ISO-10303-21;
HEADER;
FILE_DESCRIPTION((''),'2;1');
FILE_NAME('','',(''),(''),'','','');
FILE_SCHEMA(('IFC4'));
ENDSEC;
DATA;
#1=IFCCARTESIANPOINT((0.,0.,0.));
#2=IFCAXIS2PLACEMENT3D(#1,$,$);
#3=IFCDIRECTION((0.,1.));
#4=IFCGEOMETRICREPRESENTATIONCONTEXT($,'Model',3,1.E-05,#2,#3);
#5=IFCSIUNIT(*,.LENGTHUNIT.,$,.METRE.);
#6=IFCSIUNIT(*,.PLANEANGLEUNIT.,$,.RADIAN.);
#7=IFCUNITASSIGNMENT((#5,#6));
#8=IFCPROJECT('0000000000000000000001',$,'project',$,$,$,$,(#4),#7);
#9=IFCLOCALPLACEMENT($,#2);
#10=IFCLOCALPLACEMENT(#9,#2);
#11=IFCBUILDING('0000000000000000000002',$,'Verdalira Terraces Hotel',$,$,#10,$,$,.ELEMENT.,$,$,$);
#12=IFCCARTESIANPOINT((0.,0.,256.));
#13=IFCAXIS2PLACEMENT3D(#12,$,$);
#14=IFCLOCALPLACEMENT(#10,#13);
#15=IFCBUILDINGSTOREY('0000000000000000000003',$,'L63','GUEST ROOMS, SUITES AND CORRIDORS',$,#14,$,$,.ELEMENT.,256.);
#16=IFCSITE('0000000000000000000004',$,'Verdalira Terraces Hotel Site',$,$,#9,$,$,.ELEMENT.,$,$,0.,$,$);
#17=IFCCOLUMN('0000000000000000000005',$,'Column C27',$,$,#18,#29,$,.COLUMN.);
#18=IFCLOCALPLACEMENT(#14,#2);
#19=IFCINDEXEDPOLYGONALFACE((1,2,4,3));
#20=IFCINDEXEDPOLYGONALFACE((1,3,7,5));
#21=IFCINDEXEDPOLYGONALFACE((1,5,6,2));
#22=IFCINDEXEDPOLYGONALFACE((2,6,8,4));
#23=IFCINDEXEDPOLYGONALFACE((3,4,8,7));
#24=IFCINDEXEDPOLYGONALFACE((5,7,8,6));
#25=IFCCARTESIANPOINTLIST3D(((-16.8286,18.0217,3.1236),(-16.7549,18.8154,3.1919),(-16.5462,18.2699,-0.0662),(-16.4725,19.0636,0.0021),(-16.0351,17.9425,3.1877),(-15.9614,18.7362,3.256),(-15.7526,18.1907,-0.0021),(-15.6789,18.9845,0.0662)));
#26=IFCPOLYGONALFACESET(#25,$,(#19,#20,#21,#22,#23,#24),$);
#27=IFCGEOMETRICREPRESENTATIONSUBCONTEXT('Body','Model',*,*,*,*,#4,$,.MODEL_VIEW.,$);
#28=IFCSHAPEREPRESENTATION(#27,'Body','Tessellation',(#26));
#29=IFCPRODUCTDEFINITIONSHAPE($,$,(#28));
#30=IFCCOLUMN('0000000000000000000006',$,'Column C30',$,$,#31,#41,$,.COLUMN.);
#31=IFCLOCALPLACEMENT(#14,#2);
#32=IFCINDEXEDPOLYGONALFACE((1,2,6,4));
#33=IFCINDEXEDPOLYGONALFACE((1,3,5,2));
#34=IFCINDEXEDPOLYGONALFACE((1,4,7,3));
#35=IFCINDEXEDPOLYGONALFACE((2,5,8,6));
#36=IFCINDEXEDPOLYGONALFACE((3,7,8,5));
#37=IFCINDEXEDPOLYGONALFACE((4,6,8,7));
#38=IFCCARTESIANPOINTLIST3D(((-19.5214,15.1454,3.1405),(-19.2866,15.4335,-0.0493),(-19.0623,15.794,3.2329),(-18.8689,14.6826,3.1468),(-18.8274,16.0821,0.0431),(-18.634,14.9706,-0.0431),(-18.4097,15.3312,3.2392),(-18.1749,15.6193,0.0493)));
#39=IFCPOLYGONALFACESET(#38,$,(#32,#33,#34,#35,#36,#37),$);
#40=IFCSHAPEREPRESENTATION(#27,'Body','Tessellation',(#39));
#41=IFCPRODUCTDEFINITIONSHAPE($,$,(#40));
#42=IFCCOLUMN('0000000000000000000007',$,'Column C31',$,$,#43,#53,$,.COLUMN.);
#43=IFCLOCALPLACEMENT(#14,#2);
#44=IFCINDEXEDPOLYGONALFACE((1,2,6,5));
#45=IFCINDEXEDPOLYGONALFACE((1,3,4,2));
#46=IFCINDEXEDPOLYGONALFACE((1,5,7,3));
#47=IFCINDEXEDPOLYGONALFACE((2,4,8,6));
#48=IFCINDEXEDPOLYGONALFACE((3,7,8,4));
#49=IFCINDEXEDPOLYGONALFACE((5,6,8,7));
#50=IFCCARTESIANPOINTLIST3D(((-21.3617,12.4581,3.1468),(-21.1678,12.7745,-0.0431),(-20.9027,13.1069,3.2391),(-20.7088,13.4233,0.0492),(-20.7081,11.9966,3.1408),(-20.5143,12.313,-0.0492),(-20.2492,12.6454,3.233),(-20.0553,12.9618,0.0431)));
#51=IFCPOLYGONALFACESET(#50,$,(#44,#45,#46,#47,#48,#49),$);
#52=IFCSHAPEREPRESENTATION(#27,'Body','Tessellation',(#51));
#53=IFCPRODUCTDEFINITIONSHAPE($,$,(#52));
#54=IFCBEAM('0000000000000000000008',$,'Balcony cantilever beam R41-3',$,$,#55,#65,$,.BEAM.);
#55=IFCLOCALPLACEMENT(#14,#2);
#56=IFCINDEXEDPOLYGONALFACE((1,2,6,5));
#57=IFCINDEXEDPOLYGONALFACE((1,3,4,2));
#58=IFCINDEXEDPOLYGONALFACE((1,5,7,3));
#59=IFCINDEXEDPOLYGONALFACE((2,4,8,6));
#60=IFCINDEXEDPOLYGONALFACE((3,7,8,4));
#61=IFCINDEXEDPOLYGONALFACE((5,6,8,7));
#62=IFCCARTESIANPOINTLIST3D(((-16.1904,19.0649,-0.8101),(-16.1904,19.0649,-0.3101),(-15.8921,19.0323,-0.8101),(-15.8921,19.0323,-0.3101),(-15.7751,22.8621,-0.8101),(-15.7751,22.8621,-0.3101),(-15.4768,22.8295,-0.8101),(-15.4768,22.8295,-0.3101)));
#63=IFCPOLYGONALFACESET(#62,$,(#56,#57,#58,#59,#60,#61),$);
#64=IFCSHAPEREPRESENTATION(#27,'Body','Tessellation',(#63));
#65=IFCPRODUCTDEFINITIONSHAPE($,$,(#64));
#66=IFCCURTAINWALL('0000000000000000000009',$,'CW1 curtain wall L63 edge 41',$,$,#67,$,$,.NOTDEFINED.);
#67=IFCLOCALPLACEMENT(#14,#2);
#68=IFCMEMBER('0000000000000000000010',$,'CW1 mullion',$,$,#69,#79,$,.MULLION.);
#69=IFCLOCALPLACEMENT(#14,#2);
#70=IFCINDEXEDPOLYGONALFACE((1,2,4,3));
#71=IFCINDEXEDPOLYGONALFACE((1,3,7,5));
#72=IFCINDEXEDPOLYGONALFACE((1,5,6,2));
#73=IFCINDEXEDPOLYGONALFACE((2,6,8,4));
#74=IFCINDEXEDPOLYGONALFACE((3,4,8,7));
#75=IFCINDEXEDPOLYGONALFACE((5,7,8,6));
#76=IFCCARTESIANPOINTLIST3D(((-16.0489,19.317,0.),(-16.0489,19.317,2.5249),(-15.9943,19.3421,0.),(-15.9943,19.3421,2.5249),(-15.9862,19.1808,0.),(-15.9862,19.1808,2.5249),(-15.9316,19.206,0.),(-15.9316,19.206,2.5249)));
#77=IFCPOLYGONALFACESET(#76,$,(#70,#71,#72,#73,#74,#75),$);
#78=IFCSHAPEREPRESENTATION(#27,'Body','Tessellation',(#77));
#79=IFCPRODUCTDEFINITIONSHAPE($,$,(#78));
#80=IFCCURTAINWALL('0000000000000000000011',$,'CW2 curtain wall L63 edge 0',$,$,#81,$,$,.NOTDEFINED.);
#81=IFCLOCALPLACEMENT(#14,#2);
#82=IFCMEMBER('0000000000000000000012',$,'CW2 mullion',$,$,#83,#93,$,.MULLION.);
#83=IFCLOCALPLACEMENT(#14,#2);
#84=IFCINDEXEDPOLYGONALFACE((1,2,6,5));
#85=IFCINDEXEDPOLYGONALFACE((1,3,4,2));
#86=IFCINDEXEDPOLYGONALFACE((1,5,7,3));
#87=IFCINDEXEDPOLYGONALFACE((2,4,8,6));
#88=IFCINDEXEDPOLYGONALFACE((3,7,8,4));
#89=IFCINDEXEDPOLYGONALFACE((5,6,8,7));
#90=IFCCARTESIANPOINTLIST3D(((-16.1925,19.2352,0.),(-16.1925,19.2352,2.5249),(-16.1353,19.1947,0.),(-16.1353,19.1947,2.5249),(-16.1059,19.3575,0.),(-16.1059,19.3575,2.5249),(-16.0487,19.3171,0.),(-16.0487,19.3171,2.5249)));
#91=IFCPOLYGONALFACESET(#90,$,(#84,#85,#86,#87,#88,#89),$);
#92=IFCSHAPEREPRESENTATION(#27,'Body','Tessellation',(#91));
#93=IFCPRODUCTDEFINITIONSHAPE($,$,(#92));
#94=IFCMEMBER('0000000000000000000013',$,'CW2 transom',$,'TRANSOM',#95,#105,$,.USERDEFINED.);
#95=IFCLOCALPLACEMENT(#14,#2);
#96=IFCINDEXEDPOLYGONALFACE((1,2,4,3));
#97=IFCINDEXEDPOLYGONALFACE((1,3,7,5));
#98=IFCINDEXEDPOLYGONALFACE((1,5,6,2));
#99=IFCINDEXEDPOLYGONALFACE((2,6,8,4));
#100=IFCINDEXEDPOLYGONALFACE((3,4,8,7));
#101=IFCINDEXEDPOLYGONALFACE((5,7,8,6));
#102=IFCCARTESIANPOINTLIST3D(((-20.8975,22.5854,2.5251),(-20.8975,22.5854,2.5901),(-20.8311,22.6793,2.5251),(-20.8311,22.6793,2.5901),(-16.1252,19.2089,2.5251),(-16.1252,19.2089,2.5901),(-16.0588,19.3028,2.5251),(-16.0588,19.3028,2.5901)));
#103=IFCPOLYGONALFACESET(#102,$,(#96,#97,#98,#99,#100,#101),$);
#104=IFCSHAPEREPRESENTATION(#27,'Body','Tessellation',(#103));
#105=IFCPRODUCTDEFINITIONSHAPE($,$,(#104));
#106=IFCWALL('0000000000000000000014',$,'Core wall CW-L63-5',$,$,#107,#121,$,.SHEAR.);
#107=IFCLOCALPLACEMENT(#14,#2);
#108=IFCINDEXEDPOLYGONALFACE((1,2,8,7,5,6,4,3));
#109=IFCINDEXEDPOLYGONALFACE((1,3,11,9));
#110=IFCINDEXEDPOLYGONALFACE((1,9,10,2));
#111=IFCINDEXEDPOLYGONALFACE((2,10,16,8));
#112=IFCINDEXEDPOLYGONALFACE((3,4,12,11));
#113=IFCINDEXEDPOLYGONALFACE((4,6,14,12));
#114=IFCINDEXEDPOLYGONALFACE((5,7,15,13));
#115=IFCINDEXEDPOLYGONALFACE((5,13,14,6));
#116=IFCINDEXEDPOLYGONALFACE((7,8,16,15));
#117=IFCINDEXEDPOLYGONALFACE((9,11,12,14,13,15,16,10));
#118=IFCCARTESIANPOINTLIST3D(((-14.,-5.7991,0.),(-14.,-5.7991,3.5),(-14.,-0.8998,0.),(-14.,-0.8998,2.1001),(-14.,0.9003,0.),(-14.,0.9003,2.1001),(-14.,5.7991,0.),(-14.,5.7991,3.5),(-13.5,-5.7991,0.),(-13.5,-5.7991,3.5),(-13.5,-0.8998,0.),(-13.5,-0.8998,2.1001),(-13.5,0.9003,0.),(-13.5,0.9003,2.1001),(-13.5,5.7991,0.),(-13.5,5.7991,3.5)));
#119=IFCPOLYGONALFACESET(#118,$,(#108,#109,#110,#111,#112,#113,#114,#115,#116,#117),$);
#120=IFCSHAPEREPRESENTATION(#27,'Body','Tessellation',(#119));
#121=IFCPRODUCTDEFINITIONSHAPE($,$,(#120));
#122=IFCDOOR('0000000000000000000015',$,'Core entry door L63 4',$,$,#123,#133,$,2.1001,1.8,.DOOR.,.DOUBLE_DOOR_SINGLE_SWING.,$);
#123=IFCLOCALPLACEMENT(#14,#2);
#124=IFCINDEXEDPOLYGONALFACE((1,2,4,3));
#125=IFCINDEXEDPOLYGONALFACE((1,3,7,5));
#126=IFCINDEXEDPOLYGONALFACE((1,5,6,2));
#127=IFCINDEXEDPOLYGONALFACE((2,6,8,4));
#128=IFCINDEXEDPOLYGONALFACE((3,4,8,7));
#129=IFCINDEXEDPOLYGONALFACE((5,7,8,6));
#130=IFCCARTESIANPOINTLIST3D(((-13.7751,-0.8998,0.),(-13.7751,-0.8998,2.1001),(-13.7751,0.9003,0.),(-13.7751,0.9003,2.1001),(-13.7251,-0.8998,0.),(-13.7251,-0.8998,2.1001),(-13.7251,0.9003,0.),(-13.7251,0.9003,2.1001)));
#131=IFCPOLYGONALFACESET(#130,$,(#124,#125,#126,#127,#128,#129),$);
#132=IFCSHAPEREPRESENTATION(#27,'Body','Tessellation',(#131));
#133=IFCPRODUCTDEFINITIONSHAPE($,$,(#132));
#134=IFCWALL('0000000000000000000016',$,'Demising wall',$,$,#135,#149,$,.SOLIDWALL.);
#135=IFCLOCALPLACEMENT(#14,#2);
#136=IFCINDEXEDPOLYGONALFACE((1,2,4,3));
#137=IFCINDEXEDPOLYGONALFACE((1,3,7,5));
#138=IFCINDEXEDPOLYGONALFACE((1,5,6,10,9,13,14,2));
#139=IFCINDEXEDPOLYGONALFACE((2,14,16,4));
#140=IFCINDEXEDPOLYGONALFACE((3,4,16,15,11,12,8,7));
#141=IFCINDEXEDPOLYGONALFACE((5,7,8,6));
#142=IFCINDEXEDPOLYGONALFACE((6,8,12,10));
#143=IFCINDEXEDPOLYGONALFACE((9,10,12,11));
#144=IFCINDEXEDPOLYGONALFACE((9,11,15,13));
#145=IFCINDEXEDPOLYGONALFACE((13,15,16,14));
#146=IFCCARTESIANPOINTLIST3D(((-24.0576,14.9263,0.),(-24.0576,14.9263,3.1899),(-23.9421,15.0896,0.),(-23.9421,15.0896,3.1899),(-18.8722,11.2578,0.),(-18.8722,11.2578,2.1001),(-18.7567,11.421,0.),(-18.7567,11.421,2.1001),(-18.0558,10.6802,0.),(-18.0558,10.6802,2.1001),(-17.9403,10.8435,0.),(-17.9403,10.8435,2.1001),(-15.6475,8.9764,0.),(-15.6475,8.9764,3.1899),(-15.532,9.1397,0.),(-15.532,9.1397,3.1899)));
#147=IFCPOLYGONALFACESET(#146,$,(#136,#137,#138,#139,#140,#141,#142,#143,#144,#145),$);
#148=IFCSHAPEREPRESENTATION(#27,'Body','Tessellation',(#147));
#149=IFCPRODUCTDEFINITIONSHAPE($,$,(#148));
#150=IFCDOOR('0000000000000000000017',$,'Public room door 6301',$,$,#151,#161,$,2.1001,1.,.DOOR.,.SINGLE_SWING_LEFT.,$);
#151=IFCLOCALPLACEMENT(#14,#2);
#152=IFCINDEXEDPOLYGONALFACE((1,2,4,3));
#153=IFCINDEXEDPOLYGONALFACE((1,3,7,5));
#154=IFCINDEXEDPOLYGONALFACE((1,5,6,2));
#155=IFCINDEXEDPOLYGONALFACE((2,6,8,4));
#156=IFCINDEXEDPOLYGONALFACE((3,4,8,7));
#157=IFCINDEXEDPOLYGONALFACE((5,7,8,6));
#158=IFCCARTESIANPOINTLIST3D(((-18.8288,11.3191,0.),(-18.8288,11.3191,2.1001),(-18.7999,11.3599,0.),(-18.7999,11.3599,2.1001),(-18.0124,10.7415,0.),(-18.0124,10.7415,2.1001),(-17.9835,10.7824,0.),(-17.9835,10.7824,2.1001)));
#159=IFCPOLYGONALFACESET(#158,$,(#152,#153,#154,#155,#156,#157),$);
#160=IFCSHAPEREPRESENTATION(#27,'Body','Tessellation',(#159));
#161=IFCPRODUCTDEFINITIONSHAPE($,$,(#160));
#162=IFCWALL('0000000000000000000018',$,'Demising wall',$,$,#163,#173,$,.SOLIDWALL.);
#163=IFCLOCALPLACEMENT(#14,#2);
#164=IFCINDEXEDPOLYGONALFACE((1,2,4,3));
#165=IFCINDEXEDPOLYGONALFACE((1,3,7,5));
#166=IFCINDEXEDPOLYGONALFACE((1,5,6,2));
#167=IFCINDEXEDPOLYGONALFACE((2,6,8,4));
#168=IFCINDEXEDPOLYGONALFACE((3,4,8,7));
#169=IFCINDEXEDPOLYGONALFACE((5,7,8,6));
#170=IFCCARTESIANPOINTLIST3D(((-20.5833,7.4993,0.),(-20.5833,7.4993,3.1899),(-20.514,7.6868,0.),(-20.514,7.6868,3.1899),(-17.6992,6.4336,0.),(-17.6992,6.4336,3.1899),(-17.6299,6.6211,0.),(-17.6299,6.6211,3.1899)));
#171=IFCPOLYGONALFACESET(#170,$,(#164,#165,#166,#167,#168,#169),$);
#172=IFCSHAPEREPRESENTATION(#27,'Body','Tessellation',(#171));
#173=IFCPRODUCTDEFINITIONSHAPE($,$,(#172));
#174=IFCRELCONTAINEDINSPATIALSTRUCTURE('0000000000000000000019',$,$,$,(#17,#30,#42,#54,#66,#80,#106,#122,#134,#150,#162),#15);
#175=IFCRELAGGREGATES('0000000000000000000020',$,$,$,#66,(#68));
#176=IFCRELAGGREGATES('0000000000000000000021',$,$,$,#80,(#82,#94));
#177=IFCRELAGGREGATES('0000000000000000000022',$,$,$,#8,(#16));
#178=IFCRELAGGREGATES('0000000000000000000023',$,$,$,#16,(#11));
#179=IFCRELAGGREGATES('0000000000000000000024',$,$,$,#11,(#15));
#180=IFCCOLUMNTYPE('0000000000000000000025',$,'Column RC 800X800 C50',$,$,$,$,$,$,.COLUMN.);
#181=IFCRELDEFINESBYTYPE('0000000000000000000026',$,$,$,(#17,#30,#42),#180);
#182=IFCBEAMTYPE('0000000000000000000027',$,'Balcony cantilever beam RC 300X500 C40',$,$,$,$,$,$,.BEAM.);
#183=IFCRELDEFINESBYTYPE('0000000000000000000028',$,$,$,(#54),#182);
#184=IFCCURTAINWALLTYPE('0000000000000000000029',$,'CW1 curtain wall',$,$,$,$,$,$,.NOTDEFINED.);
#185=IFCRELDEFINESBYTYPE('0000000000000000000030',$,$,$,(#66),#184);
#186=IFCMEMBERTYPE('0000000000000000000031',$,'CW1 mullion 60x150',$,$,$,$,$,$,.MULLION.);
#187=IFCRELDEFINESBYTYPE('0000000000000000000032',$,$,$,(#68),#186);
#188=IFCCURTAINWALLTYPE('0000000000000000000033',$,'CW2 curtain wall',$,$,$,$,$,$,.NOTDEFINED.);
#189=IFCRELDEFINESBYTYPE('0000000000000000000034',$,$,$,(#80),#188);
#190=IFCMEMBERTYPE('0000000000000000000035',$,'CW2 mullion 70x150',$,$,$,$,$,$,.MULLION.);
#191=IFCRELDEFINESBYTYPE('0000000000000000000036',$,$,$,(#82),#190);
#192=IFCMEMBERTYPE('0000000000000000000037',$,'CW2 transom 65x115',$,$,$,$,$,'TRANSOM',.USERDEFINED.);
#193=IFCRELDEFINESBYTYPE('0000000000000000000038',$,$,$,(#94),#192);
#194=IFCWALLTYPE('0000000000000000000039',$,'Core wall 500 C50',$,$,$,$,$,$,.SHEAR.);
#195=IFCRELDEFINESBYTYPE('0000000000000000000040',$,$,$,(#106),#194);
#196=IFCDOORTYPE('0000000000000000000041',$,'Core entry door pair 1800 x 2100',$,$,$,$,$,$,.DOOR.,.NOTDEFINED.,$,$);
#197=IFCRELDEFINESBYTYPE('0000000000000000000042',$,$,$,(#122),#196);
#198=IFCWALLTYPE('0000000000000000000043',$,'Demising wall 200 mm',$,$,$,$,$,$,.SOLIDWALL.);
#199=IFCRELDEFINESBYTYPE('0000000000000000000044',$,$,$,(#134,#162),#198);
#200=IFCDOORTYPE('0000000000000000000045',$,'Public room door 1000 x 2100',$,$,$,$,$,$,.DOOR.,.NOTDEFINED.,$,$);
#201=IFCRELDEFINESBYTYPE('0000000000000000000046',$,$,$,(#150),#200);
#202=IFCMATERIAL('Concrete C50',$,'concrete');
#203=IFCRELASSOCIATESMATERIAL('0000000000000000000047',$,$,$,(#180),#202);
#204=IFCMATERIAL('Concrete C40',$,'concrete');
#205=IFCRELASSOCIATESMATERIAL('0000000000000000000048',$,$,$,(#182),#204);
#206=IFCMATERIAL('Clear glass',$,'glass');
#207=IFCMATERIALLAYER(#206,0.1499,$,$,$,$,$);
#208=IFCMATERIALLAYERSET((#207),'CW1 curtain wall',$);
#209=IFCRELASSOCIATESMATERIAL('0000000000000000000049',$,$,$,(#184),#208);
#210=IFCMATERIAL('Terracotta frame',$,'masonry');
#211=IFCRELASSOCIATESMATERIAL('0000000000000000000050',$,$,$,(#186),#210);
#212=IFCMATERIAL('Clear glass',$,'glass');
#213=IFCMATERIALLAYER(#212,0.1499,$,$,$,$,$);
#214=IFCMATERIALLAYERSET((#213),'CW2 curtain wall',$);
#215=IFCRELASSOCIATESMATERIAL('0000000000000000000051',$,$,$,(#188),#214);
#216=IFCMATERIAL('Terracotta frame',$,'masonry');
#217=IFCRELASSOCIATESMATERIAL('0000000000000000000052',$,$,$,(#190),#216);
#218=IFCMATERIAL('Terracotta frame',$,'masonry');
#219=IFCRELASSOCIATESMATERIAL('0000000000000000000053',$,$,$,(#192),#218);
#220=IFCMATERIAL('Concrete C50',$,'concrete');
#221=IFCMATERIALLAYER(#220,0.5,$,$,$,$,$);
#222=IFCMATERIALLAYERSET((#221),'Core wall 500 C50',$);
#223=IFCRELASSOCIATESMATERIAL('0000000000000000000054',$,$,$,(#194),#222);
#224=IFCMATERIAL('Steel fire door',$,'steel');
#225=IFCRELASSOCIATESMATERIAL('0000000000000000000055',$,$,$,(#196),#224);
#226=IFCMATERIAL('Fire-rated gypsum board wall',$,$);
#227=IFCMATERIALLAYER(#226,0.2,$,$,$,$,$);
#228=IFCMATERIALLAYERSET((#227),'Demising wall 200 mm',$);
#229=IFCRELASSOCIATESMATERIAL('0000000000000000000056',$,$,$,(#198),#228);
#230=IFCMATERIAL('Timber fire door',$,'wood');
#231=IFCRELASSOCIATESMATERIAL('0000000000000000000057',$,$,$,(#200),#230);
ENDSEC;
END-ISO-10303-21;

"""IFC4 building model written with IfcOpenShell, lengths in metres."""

from ifc_helpers import new_model, si_unit, direction, frame, frame_2d, origin, origin_2d, place, context, subcontext, project, spatial, rectangle, extrude, material, layer, layer_set, material_profile, profile_set, type_object, element, fill, aggregate, save


model = new_model("IFC4")

# Units and contexts
model_context = context("Model", 3, precision=1e-05, world=origin(), true_north=direction((0.0, 1.0)))
body_context = subcontext(model_context, "Body", "Model", "MODEL_VIEW")
ifc_project = project(units=[si_unit("LENGTHUNIT", "METRE"), si_unit("PLANEANGLEUNIT", "RADIAN")], contexts=[model_context])

# Site, building, storey
site_placement = place(None, origin())
site = spatial("IfcSite", under=ifc_project, at=site_placement, Name="Verdalira Terraces Hotel Site", CompositionType="ELEMENT", RefElevation=0.0)
building_placement = place(site_placement, origin())
building = spatial("IfcBuilding", under=site, at=building_placement, Name="Verdalira Terraces Hotel", CompositionType="ELEMENT")
storey_placement = place(building_placement, frame((0.0, 0.0, 256.0)))
storey = spatial("IfcBuildingStorey", under=building, at=storey_placement, Name="L63", Description="GUEST ROOMS, SUITES AND CORRIDORS", CompositionType="ELEMENT", Elevation=256.0)

# Columns
ifc_material_1 = material(Name="Concrete C50", Category="concrete")
ifc_material_profile_1 = material_profile(ifc_material_1, rectangle(XDim=0.8, YDim=0.8, at=origin_2d()), Name="RC 800X800")
ifc_profile_set_1 = profile_set([ifc_material_profile_1], Name="Concrete C50")
column_type = type_object("IfcColumnType", Name="Column RC 800X800 C50", PredefinedType="COLUMN", material=ifc_profile_set_1)
column_placement = place(storey_placement, frame((-16.1125, 18.6272, 0.0), z_axis=(-0.087941, -0.0773, 0.993122), x_axis=(0.991858, -0.098983, 0.080125)))
element("IfcColumn", 1, at=column_placement, inside=storey, type_object=column_type, Name="Column C27", PredefinedType="COLUMN", context=body_context, shape_type="SweptSolid", body=[
    extrude(rectangle(XDim=0.8, YDim=0.8, at=origin_2d()), origin(), (0.0, 0.0, 1.0), 3.2119),
])
for number, where, z_axis, x_axis, name in (
    (2, (-18.7307, 15.5264, 0.0), (-0.073131, -0.089704, 0.99328), (-0.815662, 0.578475, -0.007812), "Column C30"),
    (3, (-20.6116, 12.8682, 0.0), (-0.060361, -0.098524, 0.993302), (-0.816855, 0.576794, 0.007572), "Column C31"),
):
    element("IfcColumn", number, at=place(storey_placement, frame(where, z_axis=z_axis, x_axis=x_axis)), inside=storey, type_object=column_type, Name=name, PredefinedType="COLUMN", context=body_context, shape_type="SweptSolid", body=[
        extrude(rectangle(XDim=0.8, YDim=0.8, at=origin_2d()), origin(), (0.0, 0.0, 1.0), 3.2114),
    ])

# Beam
ifc_material_2 = material(Name="Concrete C40", Category="concrete")
ifc_material_profile_2 = material_profile(ifc_material_2, rectangle(XDim=0.3, YDim=0.5, at=origin_2d()), Name="RC 300X500")
ifc_profile_set_2 = profile_set([ifc_material_profile_2], Name="Concrete C40")
beam_type = type_object("IfcBeamType", Name="Balcony cantilever beam RC 300X500 C40", PredefinedType="BEAM", material=ifc_profile_set_2)
beam_placement = place(storey_placement, frame((-16.0413, 19.0486, -0.5601), z_axis=(0.10872, 0.994072, 0.0), x_axis=(-0.994072, 0.10872, 0.0)))
element("IfcBeam", 4, at=beam_placement, inside=storey, type_object=beam_type, Name="Balcony cantilever beam R41-3", PredefinedType="BEAM", context=body_context, shape_type="SweptSolid", body=[
    extrude(rectangle(XDim=0.3, YDim=0.5, at=origin_2d()), origin(), (0.0, 0.0, 1.0), 3.8198),
])

# Curtain wall, member
ifc_material_3 = material(Name="Clear glass", Category="glass")
ifc_layer_1 = layer(ifc_material_3, 0.1499)
ifc_layer_set_1 = layer_set([ifc_layer_1], Name="CW1 curtain wall")
curtain_wall_type_1 = type_object("IfcCurtainWallType", Name="CW1 curtain wall", PredefinedType="NOTDEFINED", material=ifc_layer_set_1)
curtain_wall_1_placement = place(storey_placement, origin())
curtain_wall_1 = element("IfcCurtainWall", 5, at=curtain_wall_1_placement, inside=storey, type_object=curtain_wall_type_1, Name="CW1 curtain wall L63 edge 41", PredefinedType="NOTDEFINED")
ifc_material_4 = material(Name="Terracotta frame", Category="masonry")
ifc_material_profile_3 = material_profile(ifc_material_4, rectangle(XDim=0.0601, YDim=0.1499, at=origin_2d()), Name="MU 60x150")
ifc_profile_set_3 = profile_set([ifc_material_profile_3], Name="Terracotta frame")
member_type_1 = type_object("IfcMemberType", Name="CW1 mullion 60x150", PredefinedType="MULLION", material=ifc_profile_set_3)
member_1_placement = place(storey_placement, frame((-15.9902, 19.2615, 0.0), z_axis=(0.0, 0.0, 1.0), x_axis=(-0.908362, -0.418184, 0.0)))
member_1 = element("IfcMember", 6, at=member_1_placement, type_object=member_type_1, Name="CW1 mullion", PredefinedType="MULLION", context=body_context, shape_type="SweptSolid", body=[
    extrude(rectangle(XDim=0.0601, YDim=0.1499, at=origin_2d()), origin(), (0.0, 0.0, 1.0), 2.5249),
])
aggregate(curtain_wall_1, [member_1])

# Curtain wall, members
ifc_material_5 = material(Name="Clear glass", Category="glass")
ifc_layer_2 = layer(ifc_material_5, 0.1499)
ifc_layer_set_2 = layer_set([ifc_layer_2], Name="CW2 curtain wall")
curtain_wall_type_2 = type_object("IfcCurtainWallType", Name="CW2 curtain wall", PredefinedType="NOTDEFINED", material=ifc_layer_set_2)
curtain_wall_2_placement = place(storey_placement, origin())
curtain_wall_2 = element("IfcCurtainWall", 7, at=curtain_wall_2_placement, inside=storey, type_object=curtain_wall_type_2, Name="CW2 curtain wall L63 edge 0", PredefinedType="NOTDEFINED")
ifc_material_6 = material(Name="Terracotta frame", Category="masonry")
ifc_material_profile_4 = material_profile(ifc_material_6, rectangle(XDim=0.0701, YDim=0.1499, at=origin_2d()), Name="MU 70x150")
ifc_profile_set_4 = profile_set([ifc_material_profile_4], Name="Terracotta frame")
member_type_2 = type_object("IfcMemberType", Name="CW2 mullion 70x150", PredefinedType="MULLION", material=ifc_profile_set_4)
member_2_placement = place(storey_placement, frame((-16.1206, 19.2761, 0.0), z_axis=(0.0, 0.0, 1.0), x_axis=(-0.816339, 0.577573, 0.0)))
member_2 = element("IfcMember", 8, at=member_2_placement, type_object=member_type_2, Name="CW2 mullion", PredefinedType="MULLION", context=body_context, shape_type="SweptSolid", body=[
    extrude(rectangle(XDim=0.0701, YDim=0.1499, at=origin_2d()), origin(), (0.0, 0.0, 1.0), 2.5249),
])
ifc_material_7 = material(Name="Terracotta frame", Category="masonry")
ifc_material_profile_5 = material_profile(ifc_material_7, rectangle(XDim=0.115, YDim=0.0649, at=origin_2d()), Name="TR 65x115")
ifc_profile_set_5 = profile_set([ifc_material_profile_5], Name="Terracotta frame")
member_type_3 = type_object("IfcMemberType", Name="CW2 transom 65x115", ElementType="TRANSOM", PredefinedType="USERDEFINED", material=ifc_profile_set_5)
member_3_placement = place(storey_placement, frame((-16.092, 19.2559, 2.5576), z_axis=(-0.816335, 0.577578, 0.0), x_axis=(-0.577578, -0.816335, 0.0)))
member_3 = element("IfcMember", 9, at=member_3_placement, type_object=member_type_3, Name="CW2 transom", ObjectType="TRANSOM", PredefinedType="USERDEFINED", context=body_context, shape_type="SweptSolid", body=[
    extrude(rectangle(XDim=0.115, YDim=0.0649, at=origin_2d()), origin(), (0.0, 0.0, 1.0), 5.8459),
])
aggregate(curtain_wall_2, [member_2, member_3])

# Walls, openings, doors
ifc_material_8 = material(Name="Concrete C50", Category="concrete")
ifc_layer_3 = layer(ifc_material_8, 0.5)
ifc_layer_set_3 = layer_set([ifc_layer_3], Name="Core wall 500 C50")
wall_type_1 = type_object("IfcWallType", Name="Core wall 500 C50", PredefinedType="SHEAR", material=ifc_layer_set_3)
wall_1_placement = place(storey_placement, frame((-13.75, 5.7991, 0.0), z_axis=(0.0, 0.0, 1.0), x_axis=(0.0, -1.0, 0.0)))
wall_1 = element("IfcWall", 10, at=wall_1_placement, inside=storey, type_object=wall_type_1, Name="Core wall CW-L63-5", PredefinedType="SHEAR", context=body_context, shape_type="SweptSolid", body=[
    extrude(rectangle(XDim=11.5981, YDim=0.5, at=frame_2d((5.7991, 0.0))), origin(), (0.0, 0.0, 1.0), 3.5),
])
opening_1_placement = place(wall_1_placement, frame((4.8989, 0.0, 0.0)))
opening_1 = element("IfcOpeningElement", 11, at=opening_1_placement, cuts=wall_1, PredefinedType="OPENING", context=body_context, shape_type="SweptSolid", body=[
    extrude(rectangle(XDim=1.8, YDim=2.1001, at=frame_2d((0.8999, 1.05))), frame((0.0, 0.26, 0.0), z_axis=(0.0, -1.0, 0.0), x_axis=(1.0, 0.0, 0.0)), (0.0, 0.0, 1.0), 0.52),
])
ifc_material_9 = material(Name="Steel fire door", Category="steel")
door_type_1 = type_object("IfcDoorType", Name="Core entry door pair 1800 x 2100", OperationType="NOTDEFINED", PredefinedType="DOOR", material=ifc_material_9)
door_1_placement = place(opening_1_placement, origin())
door_1 = element("IfcDoor", 12, at=door_1_placement, inside=storey, type_object=door_type_1, Name="Core entry door L63 4", OperationType="DOUBLE_DOOR_SINGLE_SWING", OverallHeight=2.1001, OverallWidth=1.8, PredefinedType="DOOR", context=body_context, shape_type="SweptSolid", body=[
    extrude(rectangle(XDim=1.8, YDim=2.1001, at=frame_2d((0.8999, 1.05))), frame((0.0, 0.0249, 0.0), z_axis=(0.0, -1.0, 0.0), x_axis=(1.0, 0.0, 0.0)), (0.0, 0.0, 1.0), 0.05),
])
fill(opening_1, door_1)
ifc_material_10 = material(Name="Fire-rated gypsum board wall")
ifc_layer_4 = layer(ifc_material_10, 0.2)
ifc_layer_set_4 = layer_set([ifc_layer_4], Name="Demising wall 200 mm")
wall_type_2 = type_object("IfcWallType", Name="Demising wall 200 mm", PredefinedType="SOLIDWALL", material=ifc_layer_set_4)
wall_2_placement = place(storey_placement, frame((-15.5898, 9.0581, 0.0), z_axis=(0.0, 0.0, 1.0), x_axis=(-0.816356, 0.577549, 0.0)))
wall_2 = element("IfcWall", 13, at=wall_2_placement, inside=storey, type_object=wall_type_2, Name="Demising wall", PredefinedType="SOLIDWALL", context=body_context, shape_type="SweptSolid", body=[
    extrude(rectangle(XDim=10.302, YDim=0.2, at=frame_2d((5.1509, 0.0))), origin(), (0.0, 0.0, 1.0), 3.1899),
])
opening_2_placement = place(wall_2_placement, frame((2.95, 0.0, 0.0)))
opening_2 = element("IfcOpeningElement", 14, at=opening_2_placement, cuts=wall_2, PredefinedType="OPENING", context=body_context, shape_type="SweptSolid", body=[
    extrude(rectangle(XDim=1.0, YDim=2.1001, at=frame_2d((0.5, 1.05))), frame((0.0, 0.1099, 0.0), z_axis=(0.0, -1.0, 0.0), x_axis=(1.0, 0.0, 0.0)), (0.0, 0.0, 1.0), 0.22),
])
ifc_material_11 = material(Name="Timber fire door", Category="wood")
door_type_2 = type_object("IfcDoorType", Name="Public room door 1000 x 2100", OperationType="NOTDEFINED", PredefinedType="DOOR", material=ifc_material_11)
door_2_placement = place(opening_2_placement, origin())
door_2 = element("IfcDoor", 15, at=door_2_placement, inside=storey, type_object=door_type_2, Name="Public room door 6301", OperationType="SINGLE_SWING_LEFT", OverallHeight=2.1001, OverallWidth=1.0, PredefinedType="DOOR", context=body_context, shape_type="SweptSolid", body=[
    extrude(rectangle(XDim=1.0, YDim=2.1001, at=frame_2d((0.5, 1.05))), frame((0.0, 0.0249, 0.0), z_axis=(0.0, -1.0, 0.0), x_axis=(1.0, 0.0, 0.0)), (0.0, 0.0, 1.0), 0.05),
])
fill(opening_2, door_2)

# Wall
wall_3_placement = place(storey_placement, frame((-17.6646, 6.5273, 0.0), z_axis=(0.0, 0.0, 1.0), x_axis=(-0.938012, 0.346603, 0.0)))
element("IfcWall", 16, at=wall_3_placement, inside=storey, type_object=wall_type_2, Name="Demising wall", PredefinedType="SOLIDWALL", context=body_context, shape_type="SweptSolid", body=[
    extrude(rectangle(XDim=3.0747, YDim=0.2, at=frame_2d((1.5374, 0.0))), origin(), (0.0, 0.0, 1.0), 3.1899),
])

save(model, "model.ifc")
